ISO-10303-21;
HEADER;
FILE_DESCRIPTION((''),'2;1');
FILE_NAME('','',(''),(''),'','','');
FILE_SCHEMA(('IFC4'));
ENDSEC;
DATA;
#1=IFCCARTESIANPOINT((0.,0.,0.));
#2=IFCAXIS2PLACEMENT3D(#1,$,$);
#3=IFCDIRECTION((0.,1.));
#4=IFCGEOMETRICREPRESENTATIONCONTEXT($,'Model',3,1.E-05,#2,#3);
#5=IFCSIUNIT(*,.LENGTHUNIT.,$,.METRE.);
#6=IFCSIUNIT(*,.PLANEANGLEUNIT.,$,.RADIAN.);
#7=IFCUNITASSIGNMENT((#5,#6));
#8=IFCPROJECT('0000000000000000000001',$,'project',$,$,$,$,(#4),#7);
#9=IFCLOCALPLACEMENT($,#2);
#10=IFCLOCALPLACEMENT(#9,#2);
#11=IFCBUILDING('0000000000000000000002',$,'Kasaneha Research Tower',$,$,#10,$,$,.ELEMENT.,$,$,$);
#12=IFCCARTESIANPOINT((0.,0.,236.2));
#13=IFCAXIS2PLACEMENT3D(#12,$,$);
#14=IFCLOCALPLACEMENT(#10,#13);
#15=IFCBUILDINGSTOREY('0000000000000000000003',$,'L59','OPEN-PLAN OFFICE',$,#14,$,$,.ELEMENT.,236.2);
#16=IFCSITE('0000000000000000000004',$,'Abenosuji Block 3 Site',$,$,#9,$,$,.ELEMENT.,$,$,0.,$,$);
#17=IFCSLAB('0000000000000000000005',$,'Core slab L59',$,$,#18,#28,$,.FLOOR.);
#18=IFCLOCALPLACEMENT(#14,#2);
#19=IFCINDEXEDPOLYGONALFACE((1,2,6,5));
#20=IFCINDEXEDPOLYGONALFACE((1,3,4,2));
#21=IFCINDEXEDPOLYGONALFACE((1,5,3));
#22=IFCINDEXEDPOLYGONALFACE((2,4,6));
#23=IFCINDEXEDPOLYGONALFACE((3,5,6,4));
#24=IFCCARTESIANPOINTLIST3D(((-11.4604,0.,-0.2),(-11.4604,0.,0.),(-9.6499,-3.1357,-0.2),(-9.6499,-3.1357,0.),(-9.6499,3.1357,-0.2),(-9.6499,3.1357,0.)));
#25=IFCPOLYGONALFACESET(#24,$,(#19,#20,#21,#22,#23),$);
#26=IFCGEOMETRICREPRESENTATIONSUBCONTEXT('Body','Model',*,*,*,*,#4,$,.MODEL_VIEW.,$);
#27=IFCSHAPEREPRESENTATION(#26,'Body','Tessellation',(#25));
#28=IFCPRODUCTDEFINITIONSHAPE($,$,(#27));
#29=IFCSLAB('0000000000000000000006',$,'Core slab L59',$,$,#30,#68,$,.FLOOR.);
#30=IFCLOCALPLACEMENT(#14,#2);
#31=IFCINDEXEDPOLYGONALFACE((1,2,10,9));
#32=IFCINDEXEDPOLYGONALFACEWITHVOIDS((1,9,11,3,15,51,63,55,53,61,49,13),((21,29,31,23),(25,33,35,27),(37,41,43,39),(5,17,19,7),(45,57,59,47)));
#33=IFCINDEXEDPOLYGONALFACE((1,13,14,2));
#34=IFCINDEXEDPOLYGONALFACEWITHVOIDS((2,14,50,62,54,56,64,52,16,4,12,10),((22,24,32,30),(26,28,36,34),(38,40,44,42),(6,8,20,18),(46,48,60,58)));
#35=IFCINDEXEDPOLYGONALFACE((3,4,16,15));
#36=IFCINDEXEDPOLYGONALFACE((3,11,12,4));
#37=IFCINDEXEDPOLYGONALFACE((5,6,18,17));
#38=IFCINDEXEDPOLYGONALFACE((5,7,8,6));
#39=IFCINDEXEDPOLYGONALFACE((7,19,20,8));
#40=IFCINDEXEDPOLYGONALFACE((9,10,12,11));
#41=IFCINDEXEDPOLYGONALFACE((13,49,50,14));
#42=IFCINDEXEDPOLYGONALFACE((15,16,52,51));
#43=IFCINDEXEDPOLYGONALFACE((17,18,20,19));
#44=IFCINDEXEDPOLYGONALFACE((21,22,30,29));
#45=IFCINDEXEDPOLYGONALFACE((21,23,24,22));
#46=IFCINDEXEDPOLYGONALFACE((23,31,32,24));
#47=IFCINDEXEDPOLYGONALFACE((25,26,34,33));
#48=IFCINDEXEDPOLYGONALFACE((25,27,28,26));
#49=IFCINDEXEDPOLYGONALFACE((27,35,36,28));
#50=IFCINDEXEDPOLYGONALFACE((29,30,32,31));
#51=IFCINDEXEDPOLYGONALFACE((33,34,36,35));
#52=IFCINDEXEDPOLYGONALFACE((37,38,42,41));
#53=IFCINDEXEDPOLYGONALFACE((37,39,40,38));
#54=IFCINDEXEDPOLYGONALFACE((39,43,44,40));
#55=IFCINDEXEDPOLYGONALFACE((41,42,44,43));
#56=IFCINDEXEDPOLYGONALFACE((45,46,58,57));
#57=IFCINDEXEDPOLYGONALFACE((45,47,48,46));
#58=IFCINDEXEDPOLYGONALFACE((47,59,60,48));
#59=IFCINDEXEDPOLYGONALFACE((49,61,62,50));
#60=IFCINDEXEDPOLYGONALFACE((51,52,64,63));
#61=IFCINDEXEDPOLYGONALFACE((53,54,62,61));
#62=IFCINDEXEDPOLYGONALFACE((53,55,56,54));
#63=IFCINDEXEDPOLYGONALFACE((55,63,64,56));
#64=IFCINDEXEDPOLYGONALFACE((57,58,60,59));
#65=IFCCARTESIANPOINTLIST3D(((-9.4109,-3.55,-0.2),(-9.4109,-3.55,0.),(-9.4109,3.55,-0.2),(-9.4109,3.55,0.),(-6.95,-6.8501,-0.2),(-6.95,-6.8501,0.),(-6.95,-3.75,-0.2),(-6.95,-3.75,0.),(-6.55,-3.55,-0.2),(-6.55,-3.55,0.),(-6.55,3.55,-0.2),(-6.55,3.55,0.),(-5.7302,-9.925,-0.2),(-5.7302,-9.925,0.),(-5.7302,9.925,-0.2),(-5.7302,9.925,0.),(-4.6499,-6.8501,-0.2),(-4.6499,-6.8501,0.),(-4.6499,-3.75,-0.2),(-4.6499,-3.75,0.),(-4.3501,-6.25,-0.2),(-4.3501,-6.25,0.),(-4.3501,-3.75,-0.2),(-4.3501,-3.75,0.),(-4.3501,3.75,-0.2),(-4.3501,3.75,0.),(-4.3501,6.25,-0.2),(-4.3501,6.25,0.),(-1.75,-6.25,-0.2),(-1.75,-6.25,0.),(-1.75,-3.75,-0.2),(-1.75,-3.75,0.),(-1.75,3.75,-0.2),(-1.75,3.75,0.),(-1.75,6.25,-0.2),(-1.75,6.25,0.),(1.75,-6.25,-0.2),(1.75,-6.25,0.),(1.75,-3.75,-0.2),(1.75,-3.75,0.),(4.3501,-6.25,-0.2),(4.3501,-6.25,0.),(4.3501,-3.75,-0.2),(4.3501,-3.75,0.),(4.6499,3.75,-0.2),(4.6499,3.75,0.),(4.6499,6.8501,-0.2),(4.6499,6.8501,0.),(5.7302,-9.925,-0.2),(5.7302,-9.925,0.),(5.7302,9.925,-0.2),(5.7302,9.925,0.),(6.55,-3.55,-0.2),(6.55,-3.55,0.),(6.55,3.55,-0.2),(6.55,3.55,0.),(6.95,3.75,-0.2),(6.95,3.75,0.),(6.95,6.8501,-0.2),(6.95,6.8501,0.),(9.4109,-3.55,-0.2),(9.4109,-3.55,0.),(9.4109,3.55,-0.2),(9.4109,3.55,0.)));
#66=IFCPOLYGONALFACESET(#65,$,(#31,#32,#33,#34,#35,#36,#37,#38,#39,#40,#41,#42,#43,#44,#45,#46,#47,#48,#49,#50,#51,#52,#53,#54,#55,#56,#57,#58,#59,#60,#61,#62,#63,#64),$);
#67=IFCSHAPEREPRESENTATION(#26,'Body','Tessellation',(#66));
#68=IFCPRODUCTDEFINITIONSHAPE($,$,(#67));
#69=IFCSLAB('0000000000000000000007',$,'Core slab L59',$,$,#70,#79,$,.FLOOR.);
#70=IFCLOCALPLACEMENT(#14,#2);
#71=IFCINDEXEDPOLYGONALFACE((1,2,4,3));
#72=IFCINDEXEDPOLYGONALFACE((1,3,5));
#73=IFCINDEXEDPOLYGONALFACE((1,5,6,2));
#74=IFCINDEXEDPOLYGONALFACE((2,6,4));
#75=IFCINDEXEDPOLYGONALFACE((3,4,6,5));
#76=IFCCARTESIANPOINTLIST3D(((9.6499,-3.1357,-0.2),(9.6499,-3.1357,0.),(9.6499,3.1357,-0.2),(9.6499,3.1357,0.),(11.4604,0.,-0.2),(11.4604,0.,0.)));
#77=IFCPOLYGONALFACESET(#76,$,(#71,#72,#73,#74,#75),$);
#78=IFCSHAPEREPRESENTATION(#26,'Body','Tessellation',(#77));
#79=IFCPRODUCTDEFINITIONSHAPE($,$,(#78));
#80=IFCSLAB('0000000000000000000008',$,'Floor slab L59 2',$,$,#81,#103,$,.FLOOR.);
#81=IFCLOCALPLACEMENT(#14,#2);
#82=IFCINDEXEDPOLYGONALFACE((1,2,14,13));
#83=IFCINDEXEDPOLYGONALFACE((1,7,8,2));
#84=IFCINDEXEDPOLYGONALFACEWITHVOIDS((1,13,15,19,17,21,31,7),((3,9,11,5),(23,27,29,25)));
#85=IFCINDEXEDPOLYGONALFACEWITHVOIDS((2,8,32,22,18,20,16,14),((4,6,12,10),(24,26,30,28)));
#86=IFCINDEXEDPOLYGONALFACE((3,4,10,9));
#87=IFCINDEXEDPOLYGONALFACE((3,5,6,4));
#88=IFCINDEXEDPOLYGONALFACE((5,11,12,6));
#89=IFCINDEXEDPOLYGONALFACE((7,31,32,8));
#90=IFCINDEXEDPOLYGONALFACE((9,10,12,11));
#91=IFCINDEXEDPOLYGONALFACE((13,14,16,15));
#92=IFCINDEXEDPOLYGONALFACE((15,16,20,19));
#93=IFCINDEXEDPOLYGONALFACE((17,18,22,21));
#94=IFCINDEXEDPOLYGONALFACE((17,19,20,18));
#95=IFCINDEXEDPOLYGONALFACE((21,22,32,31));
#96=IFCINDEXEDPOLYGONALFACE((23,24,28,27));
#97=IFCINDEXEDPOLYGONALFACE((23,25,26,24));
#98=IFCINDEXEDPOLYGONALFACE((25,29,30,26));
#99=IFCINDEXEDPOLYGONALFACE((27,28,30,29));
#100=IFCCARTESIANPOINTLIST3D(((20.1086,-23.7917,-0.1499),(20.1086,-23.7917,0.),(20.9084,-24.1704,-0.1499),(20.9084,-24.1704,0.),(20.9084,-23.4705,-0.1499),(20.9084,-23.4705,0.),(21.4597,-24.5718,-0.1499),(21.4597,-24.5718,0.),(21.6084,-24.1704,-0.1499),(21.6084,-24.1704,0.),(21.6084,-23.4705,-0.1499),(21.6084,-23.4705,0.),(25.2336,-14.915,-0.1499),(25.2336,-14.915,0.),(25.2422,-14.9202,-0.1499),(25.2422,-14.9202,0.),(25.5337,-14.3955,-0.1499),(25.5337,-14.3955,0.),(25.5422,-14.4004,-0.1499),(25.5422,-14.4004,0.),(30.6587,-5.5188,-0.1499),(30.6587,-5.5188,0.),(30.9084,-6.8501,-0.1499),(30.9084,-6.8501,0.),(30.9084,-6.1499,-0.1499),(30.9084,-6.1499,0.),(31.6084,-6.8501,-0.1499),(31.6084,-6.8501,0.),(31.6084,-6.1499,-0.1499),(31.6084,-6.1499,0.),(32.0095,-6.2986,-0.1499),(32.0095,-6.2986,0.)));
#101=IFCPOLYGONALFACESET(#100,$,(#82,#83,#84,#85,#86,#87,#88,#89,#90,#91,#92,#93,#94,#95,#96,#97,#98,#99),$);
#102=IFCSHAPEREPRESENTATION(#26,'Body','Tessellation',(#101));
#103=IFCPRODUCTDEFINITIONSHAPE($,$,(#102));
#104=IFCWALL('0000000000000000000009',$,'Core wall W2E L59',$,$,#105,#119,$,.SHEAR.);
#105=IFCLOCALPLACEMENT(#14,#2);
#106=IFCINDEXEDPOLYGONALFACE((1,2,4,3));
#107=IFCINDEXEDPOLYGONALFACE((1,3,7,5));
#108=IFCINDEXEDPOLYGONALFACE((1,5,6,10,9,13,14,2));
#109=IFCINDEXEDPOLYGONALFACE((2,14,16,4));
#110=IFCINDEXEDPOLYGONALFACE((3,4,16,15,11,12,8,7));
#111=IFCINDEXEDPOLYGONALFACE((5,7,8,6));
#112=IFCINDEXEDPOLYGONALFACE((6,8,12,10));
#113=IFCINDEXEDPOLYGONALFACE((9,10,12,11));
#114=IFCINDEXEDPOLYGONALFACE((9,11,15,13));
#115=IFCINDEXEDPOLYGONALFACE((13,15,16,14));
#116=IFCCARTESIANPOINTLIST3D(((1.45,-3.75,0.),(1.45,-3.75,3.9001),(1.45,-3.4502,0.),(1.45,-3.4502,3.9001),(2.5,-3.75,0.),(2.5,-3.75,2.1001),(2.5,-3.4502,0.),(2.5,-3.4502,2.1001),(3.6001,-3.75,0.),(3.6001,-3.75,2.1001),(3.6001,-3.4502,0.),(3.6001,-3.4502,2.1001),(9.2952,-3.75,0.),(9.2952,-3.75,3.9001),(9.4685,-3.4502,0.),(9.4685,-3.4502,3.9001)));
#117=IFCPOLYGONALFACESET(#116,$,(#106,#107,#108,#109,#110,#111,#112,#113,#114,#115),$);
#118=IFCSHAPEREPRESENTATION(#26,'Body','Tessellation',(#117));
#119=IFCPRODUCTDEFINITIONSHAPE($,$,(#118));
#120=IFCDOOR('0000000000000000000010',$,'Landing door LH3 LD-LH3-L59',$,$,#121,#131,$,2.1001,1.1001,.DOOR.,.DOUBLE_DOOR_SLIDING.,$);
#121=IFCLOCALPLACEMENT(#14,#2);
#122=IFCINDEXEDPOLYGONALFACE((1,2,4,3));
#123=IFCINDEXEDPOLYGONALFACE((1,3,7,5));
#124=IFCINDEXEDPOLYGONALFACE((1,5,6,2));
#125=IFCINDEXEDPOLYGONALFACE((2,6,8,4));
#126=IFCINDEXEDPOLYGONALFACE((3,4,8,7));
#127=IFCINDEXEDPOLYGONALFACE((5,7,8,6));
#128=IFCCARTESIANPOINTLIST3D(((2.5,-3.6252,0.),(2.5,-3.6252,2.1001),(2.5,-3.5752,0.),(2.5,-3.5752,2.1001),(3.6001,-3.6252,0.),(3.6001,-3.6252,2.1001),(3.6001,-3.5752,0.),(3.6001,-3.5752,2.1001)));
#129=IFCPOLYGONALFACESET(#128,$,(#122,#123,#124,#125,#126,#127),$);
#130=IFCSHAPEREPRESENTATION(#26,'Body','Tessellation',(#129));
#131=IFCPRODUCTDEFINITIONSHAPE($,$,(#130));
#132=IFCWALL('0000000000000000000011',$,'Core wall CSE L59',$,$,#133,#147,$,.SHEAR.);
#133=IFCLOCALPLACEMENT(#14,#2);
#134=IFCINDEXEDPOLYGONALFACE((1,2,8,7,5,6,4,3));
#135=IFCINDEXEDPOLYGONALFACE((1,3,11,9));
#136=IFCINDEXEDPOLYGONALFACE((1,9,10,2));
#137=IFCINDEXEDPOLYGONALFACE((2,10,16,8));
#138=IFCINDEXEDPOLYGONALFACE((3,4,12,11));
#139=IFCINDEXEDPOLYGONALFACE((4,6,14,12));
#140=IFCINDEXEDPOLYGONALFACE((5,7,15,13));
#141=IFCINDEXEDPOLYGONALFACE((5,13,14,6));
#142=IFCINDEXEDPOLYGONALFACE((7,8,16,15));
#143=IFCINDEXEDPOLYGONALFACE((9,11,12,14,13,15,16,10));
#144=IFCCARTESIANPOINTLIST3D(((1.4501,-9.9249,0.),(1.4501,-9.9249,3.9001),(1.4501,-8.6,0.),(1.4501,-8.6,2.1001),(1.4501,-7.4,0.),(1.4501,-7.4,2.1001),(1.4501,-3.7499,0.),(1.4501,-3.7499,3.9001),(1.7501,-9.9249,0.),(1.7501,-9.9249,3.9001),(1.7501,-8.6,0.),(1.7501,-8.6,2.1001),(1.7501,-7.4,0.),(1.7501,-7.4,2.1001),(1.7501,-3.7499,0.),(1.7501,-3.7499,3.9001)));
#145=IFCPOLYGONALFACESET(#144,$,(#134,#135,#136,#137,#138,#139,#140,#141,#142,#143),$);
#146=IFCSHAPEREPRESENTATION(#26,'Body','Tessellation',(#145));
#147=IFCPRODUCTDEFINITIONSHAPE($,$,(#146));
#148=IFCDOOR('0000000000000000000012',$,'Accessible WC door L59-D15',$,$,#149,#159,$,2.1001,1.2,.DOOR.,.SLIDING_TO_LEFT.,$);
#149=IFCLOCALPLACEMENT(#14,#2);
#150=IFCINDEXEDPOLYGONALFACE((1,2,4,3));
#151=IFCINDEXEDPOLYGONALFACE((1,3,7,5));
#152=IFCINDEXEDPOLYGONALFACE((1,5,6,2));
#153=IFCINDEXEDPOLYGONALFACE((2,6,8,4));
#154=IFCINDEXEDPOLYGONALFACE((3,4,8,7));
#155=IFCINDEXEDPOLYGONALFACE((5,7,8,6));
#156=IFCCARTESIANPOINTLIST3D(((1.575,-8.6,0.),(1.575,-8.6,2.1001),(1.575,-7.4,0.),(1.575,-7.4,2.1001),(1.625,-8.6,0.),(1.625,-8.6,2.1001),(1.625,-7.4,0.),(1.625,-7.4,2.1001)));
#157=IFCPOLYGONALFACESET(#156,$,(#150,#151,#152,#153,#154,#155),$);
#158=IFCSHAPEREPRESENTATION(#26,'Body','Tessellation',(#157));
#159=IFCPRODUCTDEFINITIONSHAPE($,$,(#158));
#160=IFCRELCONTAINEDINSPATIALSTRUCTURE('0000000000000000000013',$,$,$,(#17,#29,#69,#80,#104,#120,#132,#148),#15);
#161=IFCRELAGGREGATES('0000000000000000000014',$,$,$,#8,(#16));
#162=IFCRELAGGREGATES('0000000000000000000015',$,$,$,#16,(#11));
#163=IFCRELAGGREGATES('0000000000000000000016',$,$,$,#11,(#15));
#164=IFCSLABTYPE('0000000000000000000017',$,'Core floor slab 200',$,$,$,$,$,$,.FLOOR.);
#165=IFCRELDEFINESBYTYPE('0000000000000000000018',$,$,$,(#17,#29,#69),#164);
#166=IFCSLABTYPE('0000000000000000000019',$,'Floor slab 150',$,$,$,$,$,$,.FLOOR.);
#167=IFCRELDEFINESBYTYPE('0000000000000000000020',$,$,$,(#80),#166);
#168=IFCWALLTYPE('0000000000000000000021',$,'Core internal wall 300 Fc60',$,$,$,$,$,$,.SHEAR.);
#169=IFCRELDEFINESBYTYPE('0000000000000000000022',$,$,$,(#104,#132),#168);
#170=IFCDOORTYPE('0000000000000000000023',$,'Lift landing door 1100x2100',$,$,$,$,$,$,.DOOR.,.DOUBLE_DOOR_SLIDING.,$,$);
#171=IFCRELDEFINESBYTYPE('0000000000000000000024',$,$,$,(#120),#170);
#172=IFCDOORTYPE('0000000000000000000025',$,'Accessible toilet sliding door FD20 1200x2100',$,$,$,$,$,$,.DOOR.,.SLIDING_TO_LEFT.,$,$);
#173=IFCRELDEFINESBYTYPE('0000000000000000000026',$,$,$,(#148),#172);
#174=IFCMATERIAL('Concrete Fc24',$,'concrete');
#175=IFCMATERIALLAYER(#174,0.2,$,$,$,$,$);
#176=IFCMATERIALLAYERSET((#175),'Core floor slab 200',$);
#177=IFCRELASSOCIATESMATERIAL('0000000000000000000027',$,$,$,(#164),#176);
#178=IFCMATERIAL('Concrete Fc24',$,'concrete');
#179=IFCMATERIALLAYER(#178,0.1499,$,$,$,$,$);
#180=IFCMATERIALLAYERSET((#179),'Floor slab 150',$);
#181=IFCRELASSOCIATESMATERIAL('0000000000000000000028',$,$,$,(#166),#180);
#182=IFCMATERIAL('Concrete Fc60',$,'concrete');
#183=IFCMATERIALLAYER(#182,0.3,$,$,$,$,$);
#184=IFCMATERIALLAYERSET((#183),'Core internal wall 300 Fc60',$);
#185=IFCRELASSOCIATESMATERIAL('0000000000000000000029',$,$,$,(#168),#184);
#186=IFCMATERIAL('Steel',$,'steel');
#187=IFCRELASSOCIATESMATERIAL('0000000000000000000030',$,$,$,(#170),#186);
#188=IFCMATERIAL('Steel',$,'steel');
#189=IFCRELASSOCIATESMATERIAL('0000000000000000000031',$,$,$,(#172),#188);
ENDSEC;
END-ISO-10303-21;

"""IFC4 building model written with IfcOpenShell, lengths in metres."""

from ifc_helpers import new_model, si_unit, direction, frame, frame_2d, origin, place, context, subcontext, project, spatial, polyline, rectangle, outline, extrude, material, layer, layer_set, type_object, element, fill, save


model = new_model("IFC4")

# Units and contexts
model_context = context("Model", 3, precision=1e-05, world=origin(), true_north=direction((0.0, 1.0)))
body_context = subcontext(model_context, "Body", "Model", "MODEL_VIEW")
ifc_project = project(units=[si_unit("LENGTHUNIT", "METRE"), si_unit("PLANEANGLEUNIT", "RADIAN")], contexts=[model_context])

# Site, building, storey
site_placement = place(None, origin())
site = spatial("IfcSite", under=ifc_project, at=site_placement, Name="Abenosuji Block 3 Site", CompositionType="ELEMENT", RefElevation=0.0)
building_placement = place(site_placement, origin())
building = spatial("IfcBuilding", under=site, at=building_placement, Name="Kasaneha Research Tower", CompositionType="ELEMENT")
storey_placement = place(building_placement, frame((0.0, 0.0, 236.2)))
storey = spatial("IfcBuildingStorey", under=building, at=storey_placement, Name="L59", Description="OPEN-PLAN OFFICE", CompositionType="ELEMENT", Elevation=236.2)

# Slabs
ifc_material_1 = material(Name="Concrete Fc24", Category="concrete")
ifc_layer_1 = layer(ifc_material_1, 0.2)
ifc_layer_set_1 = layer_set([ifc_layer_1], Name="Core floor slab 200")
slab_type_1 = type_object("IfcSlabType", Name="Core floor slab 200", PredefinedType="FLOOR", material=ifc_layer_set_1)
slab_1_placement = place(storey_placement, frame((0.0, 0.0, -0.2)))
element("IfcSlab", 1, at=slab_1_placement, inside=storey, type_object=slab_type_1, Name="Core slab L59", PredefinedType="FLOOR", context=body_context, shape_type="SweptSolid", body=[
    extrude(outline(polyline([(-11.4604, 0.0), (-9.6499, 3.1357), (-9.6499, -3.1357), (-11.4604, 0.0)])), origin(), (0.0, 0.0, 1.0), 0.2),
])
slab_2_placement = place(storey_placement, frame((0.0, 0.0, -0.2)))
element("IfcSlab", 2, at=slab_2_placement, inside=storey, type_object=slab_type_1, Name="Core slab L59", PredefinedType="FLOOR", context=body_context, shape_type="SweptSolid", body=[
    extrude(outline(polyline([(-5.7302, 9.925), (5.7302, 9.925), (9.4109, 3.55), (6.55, 3.55), (6.55, -3.55), (9.4109, -3.55), (5.7302, -9.925), (-5.7302, -9.925), (-9.4109, -3.55), (-6.55, -3.55), (-6.55, 3.55), (-9.4109, 3.55), (-5.7302, 9.925)]), holes=[polyline([(-6.95, -6.8501), (-4.6499, -6.8501), (-4.6499, -3.75), (-6.95, -3.75), (-6.95, -6.8501)]), polyline([(-4.3501, -3.75), (-4.3501, -6.25), (-1.75, -6.25), (-1.75, -3.75), (-4.3501, -3.75)]), polyline([(1.75, -3.75), (1.75, -6.25), (4.3501, -6.25), (4.3501, -3.75), (1.75, -3.75)]), polyline([(-4.3501, 6.25), (-4.3501, 3.75), (-1.75, 3.75), (-1.75, 6.25), (-4.3501, 6.25)]), polyline([(4.6499, 6.8501), (4.6499, 3.75), (6.95, 3.75), (6.95, 6.8501), (4.6499, 6.8501)])]), origin(), (0.0, 0.0, 1.0), 0.2),
])
slab_3_placement = place(storey_placement, frame((0.0, 0.0, -0.2)))
element("IfcSlab", 3, at=slab_3_placement, inside=storey, type_object=slab_type_1, Name="Core slab L59", PredefinedType="FLOOR", context=body_context, shape_type="SweptSolid", body=[
    extrude(outline(polyline([(11.4604, 0.0), (9.6499, -3.1357), (9.6499, 3.1357), (11.4604, 0.0)])), origin(), (0.0, 0.0, 1.0), 0.2),
])
ifc_material_2 = material(Name="Concrete Fc24", Category="concrete")
ifc_layer_2 = layer(ifc_material_2, 0.1499)
ifc_layer_set_2 = layer_set([ifc_layer_2], Name="Floor slab 150")
slab_type_2 = type_object("IfcSlabType", Name="Floor slab 150", PredefinedType="FLOOR", material=ifc_layer_set_2)
slab_4_placement = place(storey_placement, frame((0.0, 0.0, -0.1499)))
element("IfcSlab", 4, at=slab_4_placement, inside=storey, type_object=slab_type_2, Name="Floor slab L59 2", PredefinedType="FLOOR", context=body_context, shape_type="SweptSolid", body=[
    extrude(outline(polyline([(32.0095, -6.2986), (21.4597, -24.5718), (20.1086, -23.7917), (25.2336, -14.915), (25.2422, -14.9202), (25.5422, -14.4004), (25.5337, -14.3955), (30.6587, -5.5188), (32.0095, -6.2986)]), holes=[polyline([(20.9084, -24.1704), (21.6084, -24.1704), (21.6084, -23.4705), (20.9084, -23.4705), (20.9084, -24.1704)]), polyline([(30.9084, -6.8501), (31.6084, -6.8501), (31.6084, -6.1499), (30.9084, -6.1499), (30.9084, -6.8501)])]), origin(), (0.0, 0.0, 1.0), 0.1499),
])

# Walls, openings, doors
ifc_material_3 = material(Name="Concrete Fc60", Category="concrete")
ifc_layer_3 = layer(ifc_material_3, 0.3)
ifc_layer_set_3 = layer_set([ifc_layer_3], Name="Core internal wall 300 Fc60")
wall_type = type_object("IfcWallType", Name="Core internal wall 300 Fc60", PredefinedType="SHEAR", material=ifc_layer_set_3)
wall_1_placement = place(storey_placement, frame((1.45, -3.6001, 0.0), z_axis=(0.0, 0.0, 1.0), x_axis=(1.0, 0.0, 0.0)))
wall_1 = element("IfcWall", 5, at=wall_1_placement, inside=storey, type_object=wall_type, Name="Core wall W2E L59", PredefinedType="SHEAR", context=body_context, shape_type="SweptSolid", body=[
    extrude(outline(polyline([(0.0, -0.1499), (1.05, -0.1499), (2.1501, -0.1499), (7.8452, -0.1499), (8.0186, 0.1499), (2.1501, 0.1499), (1.05, 0.1499), (0.0, 0.1499), (0.0, -0.1499)])), origin(), (0.0, 0.0, 1.0), 3.9001),
])
opening_1_placement = place(wall_1_placement, frame((1.05, 0.0, 0.0)))
opening_1 = element("IfcOpeningElement", 6, at=opening_1_placement, cuts=wall_1, PredefinedType="OPENING", context=body_context, shape_type="SweptSolid", body=[
    extrude(rectangle(XDim=1.1001, YDim=2.1001, at=frame_2d((0.55, 1.05))), frame((0.0, 0.1602, 0.0), z_axis=(0.0, -1.0, 0.0), x_axis=(1.0, 0.0, 0.0)), (0.0, 0.0, 1.0), 0.3201),
])
ifc_material_4 = material(Name="Steel", Category="steel")
door_type_1 = type_object("IfcDoorType", Name="Lift landing door 1100x2100", OperationType="DOUBLE_DOOR_SLIDING", PredefinedType="DOOR", material=ifc_material_4)
door_1_placement = place(opening_1_placement, origin())
door_1 = element("IfcDoor", 7, at=door_1_placement, inside=storey, type_object=door_type_1, Name="Landing door LH3 LD-LH3-L59", OperationType="DOUBLE_DOOR_SLIDING", OverallHeight=2.1001, OverallWidth=1.1001, PredefinedType="DOOR", context=body_context, shape_type="SweptSolid", body=[
    extrude(rectangle(XDim=1.1001, YDim=2.1001, at=frame_2d((0.55, 1.05))), frame((0.0, 0.0249, 0.0), z_axis=(0.0, -1.0, 0.0), x_axis=(1.0, 0.0, 0.0)), (0.0, 0.0, 1.0), 0.05),
])
fill(opening_1, door_1)
wall_2_placement = place(storey_placement, frame((1.6001, -3.75, 0.0), z_axis=(0.0, 0.0, 1.0), x_axis=(0.0, -1.0, 0.0)))
wall_2 = element("IfcWall", 8, at=wall_2_placement, inside=storey, type_object=wall_type, Name="Core wall CSE L59", PredefinedType="SHEAR", context=body_context, shape_type="SweptSolid", body=[
    extrude(rectangle(XDim=6.175, YDim=0.3, at=frame_2d((3.0874, 0.0))), origin(), (0.0, 0.0, 1.0), 3.9001),
])
opening_2_placement = place(wall_2_placement, frame((3.6499, 0.0, 0.0)))
opening_2 = element("IfcOpeningElement", 9, at=opening_2_placement, cuts=wall_2, PredefinedType="OPENING", context=body_context, shape_type="SweptSolid", body=[
    extrude(rectangle(XDim=1.2, YDim=2.1001, at=frame_2d((0.6001, 1.05))), frame((0.0, 0.1602, 0.0), z_axis=(0.0, -1.0, 0.0), x_axis=(1.0, 0.0, 0.0)), (0.0, 0.0, 1.0), 0.3201),
])
ifc_material_5 = material(Name="Steel", Category="steel")
door_type_2 = type_object("IfcDoorType", Name="Accessible toilet sliding door FD20 1200x2100", OperationType="SLIDING_TO_LEFT", PredefinedType="DOOR", material=ifc_material_5)
door_2_placement = place(opening_2_placement, origin())
door_2 = element("IfcDoor", 10, at=door_2_placement, inside=storey, type_object=door_type_2, Name="Accessible WC door L59-D15", OperationType="SLIDING_TO_LEFT", OverallHeight=2.1001, OverallWidth=1.2, PredefinedType="DOOR", context=body_context, shape_type="SweptSolid", body=[
    extrude(rectangle(XDim=1.2, YDim=2.1001, at=frame_2d((0.6001, 1.05))), frame((0.0, 0.0249, 0.0), z_axis=(0.0, -1.0, 0.0), x_axis=(1.0, 0.0, 0.0)), (0.0, 0.0, 1.0), 0.05),
])
fill(opening_2, door_2)

save(model, "model.ifc")
